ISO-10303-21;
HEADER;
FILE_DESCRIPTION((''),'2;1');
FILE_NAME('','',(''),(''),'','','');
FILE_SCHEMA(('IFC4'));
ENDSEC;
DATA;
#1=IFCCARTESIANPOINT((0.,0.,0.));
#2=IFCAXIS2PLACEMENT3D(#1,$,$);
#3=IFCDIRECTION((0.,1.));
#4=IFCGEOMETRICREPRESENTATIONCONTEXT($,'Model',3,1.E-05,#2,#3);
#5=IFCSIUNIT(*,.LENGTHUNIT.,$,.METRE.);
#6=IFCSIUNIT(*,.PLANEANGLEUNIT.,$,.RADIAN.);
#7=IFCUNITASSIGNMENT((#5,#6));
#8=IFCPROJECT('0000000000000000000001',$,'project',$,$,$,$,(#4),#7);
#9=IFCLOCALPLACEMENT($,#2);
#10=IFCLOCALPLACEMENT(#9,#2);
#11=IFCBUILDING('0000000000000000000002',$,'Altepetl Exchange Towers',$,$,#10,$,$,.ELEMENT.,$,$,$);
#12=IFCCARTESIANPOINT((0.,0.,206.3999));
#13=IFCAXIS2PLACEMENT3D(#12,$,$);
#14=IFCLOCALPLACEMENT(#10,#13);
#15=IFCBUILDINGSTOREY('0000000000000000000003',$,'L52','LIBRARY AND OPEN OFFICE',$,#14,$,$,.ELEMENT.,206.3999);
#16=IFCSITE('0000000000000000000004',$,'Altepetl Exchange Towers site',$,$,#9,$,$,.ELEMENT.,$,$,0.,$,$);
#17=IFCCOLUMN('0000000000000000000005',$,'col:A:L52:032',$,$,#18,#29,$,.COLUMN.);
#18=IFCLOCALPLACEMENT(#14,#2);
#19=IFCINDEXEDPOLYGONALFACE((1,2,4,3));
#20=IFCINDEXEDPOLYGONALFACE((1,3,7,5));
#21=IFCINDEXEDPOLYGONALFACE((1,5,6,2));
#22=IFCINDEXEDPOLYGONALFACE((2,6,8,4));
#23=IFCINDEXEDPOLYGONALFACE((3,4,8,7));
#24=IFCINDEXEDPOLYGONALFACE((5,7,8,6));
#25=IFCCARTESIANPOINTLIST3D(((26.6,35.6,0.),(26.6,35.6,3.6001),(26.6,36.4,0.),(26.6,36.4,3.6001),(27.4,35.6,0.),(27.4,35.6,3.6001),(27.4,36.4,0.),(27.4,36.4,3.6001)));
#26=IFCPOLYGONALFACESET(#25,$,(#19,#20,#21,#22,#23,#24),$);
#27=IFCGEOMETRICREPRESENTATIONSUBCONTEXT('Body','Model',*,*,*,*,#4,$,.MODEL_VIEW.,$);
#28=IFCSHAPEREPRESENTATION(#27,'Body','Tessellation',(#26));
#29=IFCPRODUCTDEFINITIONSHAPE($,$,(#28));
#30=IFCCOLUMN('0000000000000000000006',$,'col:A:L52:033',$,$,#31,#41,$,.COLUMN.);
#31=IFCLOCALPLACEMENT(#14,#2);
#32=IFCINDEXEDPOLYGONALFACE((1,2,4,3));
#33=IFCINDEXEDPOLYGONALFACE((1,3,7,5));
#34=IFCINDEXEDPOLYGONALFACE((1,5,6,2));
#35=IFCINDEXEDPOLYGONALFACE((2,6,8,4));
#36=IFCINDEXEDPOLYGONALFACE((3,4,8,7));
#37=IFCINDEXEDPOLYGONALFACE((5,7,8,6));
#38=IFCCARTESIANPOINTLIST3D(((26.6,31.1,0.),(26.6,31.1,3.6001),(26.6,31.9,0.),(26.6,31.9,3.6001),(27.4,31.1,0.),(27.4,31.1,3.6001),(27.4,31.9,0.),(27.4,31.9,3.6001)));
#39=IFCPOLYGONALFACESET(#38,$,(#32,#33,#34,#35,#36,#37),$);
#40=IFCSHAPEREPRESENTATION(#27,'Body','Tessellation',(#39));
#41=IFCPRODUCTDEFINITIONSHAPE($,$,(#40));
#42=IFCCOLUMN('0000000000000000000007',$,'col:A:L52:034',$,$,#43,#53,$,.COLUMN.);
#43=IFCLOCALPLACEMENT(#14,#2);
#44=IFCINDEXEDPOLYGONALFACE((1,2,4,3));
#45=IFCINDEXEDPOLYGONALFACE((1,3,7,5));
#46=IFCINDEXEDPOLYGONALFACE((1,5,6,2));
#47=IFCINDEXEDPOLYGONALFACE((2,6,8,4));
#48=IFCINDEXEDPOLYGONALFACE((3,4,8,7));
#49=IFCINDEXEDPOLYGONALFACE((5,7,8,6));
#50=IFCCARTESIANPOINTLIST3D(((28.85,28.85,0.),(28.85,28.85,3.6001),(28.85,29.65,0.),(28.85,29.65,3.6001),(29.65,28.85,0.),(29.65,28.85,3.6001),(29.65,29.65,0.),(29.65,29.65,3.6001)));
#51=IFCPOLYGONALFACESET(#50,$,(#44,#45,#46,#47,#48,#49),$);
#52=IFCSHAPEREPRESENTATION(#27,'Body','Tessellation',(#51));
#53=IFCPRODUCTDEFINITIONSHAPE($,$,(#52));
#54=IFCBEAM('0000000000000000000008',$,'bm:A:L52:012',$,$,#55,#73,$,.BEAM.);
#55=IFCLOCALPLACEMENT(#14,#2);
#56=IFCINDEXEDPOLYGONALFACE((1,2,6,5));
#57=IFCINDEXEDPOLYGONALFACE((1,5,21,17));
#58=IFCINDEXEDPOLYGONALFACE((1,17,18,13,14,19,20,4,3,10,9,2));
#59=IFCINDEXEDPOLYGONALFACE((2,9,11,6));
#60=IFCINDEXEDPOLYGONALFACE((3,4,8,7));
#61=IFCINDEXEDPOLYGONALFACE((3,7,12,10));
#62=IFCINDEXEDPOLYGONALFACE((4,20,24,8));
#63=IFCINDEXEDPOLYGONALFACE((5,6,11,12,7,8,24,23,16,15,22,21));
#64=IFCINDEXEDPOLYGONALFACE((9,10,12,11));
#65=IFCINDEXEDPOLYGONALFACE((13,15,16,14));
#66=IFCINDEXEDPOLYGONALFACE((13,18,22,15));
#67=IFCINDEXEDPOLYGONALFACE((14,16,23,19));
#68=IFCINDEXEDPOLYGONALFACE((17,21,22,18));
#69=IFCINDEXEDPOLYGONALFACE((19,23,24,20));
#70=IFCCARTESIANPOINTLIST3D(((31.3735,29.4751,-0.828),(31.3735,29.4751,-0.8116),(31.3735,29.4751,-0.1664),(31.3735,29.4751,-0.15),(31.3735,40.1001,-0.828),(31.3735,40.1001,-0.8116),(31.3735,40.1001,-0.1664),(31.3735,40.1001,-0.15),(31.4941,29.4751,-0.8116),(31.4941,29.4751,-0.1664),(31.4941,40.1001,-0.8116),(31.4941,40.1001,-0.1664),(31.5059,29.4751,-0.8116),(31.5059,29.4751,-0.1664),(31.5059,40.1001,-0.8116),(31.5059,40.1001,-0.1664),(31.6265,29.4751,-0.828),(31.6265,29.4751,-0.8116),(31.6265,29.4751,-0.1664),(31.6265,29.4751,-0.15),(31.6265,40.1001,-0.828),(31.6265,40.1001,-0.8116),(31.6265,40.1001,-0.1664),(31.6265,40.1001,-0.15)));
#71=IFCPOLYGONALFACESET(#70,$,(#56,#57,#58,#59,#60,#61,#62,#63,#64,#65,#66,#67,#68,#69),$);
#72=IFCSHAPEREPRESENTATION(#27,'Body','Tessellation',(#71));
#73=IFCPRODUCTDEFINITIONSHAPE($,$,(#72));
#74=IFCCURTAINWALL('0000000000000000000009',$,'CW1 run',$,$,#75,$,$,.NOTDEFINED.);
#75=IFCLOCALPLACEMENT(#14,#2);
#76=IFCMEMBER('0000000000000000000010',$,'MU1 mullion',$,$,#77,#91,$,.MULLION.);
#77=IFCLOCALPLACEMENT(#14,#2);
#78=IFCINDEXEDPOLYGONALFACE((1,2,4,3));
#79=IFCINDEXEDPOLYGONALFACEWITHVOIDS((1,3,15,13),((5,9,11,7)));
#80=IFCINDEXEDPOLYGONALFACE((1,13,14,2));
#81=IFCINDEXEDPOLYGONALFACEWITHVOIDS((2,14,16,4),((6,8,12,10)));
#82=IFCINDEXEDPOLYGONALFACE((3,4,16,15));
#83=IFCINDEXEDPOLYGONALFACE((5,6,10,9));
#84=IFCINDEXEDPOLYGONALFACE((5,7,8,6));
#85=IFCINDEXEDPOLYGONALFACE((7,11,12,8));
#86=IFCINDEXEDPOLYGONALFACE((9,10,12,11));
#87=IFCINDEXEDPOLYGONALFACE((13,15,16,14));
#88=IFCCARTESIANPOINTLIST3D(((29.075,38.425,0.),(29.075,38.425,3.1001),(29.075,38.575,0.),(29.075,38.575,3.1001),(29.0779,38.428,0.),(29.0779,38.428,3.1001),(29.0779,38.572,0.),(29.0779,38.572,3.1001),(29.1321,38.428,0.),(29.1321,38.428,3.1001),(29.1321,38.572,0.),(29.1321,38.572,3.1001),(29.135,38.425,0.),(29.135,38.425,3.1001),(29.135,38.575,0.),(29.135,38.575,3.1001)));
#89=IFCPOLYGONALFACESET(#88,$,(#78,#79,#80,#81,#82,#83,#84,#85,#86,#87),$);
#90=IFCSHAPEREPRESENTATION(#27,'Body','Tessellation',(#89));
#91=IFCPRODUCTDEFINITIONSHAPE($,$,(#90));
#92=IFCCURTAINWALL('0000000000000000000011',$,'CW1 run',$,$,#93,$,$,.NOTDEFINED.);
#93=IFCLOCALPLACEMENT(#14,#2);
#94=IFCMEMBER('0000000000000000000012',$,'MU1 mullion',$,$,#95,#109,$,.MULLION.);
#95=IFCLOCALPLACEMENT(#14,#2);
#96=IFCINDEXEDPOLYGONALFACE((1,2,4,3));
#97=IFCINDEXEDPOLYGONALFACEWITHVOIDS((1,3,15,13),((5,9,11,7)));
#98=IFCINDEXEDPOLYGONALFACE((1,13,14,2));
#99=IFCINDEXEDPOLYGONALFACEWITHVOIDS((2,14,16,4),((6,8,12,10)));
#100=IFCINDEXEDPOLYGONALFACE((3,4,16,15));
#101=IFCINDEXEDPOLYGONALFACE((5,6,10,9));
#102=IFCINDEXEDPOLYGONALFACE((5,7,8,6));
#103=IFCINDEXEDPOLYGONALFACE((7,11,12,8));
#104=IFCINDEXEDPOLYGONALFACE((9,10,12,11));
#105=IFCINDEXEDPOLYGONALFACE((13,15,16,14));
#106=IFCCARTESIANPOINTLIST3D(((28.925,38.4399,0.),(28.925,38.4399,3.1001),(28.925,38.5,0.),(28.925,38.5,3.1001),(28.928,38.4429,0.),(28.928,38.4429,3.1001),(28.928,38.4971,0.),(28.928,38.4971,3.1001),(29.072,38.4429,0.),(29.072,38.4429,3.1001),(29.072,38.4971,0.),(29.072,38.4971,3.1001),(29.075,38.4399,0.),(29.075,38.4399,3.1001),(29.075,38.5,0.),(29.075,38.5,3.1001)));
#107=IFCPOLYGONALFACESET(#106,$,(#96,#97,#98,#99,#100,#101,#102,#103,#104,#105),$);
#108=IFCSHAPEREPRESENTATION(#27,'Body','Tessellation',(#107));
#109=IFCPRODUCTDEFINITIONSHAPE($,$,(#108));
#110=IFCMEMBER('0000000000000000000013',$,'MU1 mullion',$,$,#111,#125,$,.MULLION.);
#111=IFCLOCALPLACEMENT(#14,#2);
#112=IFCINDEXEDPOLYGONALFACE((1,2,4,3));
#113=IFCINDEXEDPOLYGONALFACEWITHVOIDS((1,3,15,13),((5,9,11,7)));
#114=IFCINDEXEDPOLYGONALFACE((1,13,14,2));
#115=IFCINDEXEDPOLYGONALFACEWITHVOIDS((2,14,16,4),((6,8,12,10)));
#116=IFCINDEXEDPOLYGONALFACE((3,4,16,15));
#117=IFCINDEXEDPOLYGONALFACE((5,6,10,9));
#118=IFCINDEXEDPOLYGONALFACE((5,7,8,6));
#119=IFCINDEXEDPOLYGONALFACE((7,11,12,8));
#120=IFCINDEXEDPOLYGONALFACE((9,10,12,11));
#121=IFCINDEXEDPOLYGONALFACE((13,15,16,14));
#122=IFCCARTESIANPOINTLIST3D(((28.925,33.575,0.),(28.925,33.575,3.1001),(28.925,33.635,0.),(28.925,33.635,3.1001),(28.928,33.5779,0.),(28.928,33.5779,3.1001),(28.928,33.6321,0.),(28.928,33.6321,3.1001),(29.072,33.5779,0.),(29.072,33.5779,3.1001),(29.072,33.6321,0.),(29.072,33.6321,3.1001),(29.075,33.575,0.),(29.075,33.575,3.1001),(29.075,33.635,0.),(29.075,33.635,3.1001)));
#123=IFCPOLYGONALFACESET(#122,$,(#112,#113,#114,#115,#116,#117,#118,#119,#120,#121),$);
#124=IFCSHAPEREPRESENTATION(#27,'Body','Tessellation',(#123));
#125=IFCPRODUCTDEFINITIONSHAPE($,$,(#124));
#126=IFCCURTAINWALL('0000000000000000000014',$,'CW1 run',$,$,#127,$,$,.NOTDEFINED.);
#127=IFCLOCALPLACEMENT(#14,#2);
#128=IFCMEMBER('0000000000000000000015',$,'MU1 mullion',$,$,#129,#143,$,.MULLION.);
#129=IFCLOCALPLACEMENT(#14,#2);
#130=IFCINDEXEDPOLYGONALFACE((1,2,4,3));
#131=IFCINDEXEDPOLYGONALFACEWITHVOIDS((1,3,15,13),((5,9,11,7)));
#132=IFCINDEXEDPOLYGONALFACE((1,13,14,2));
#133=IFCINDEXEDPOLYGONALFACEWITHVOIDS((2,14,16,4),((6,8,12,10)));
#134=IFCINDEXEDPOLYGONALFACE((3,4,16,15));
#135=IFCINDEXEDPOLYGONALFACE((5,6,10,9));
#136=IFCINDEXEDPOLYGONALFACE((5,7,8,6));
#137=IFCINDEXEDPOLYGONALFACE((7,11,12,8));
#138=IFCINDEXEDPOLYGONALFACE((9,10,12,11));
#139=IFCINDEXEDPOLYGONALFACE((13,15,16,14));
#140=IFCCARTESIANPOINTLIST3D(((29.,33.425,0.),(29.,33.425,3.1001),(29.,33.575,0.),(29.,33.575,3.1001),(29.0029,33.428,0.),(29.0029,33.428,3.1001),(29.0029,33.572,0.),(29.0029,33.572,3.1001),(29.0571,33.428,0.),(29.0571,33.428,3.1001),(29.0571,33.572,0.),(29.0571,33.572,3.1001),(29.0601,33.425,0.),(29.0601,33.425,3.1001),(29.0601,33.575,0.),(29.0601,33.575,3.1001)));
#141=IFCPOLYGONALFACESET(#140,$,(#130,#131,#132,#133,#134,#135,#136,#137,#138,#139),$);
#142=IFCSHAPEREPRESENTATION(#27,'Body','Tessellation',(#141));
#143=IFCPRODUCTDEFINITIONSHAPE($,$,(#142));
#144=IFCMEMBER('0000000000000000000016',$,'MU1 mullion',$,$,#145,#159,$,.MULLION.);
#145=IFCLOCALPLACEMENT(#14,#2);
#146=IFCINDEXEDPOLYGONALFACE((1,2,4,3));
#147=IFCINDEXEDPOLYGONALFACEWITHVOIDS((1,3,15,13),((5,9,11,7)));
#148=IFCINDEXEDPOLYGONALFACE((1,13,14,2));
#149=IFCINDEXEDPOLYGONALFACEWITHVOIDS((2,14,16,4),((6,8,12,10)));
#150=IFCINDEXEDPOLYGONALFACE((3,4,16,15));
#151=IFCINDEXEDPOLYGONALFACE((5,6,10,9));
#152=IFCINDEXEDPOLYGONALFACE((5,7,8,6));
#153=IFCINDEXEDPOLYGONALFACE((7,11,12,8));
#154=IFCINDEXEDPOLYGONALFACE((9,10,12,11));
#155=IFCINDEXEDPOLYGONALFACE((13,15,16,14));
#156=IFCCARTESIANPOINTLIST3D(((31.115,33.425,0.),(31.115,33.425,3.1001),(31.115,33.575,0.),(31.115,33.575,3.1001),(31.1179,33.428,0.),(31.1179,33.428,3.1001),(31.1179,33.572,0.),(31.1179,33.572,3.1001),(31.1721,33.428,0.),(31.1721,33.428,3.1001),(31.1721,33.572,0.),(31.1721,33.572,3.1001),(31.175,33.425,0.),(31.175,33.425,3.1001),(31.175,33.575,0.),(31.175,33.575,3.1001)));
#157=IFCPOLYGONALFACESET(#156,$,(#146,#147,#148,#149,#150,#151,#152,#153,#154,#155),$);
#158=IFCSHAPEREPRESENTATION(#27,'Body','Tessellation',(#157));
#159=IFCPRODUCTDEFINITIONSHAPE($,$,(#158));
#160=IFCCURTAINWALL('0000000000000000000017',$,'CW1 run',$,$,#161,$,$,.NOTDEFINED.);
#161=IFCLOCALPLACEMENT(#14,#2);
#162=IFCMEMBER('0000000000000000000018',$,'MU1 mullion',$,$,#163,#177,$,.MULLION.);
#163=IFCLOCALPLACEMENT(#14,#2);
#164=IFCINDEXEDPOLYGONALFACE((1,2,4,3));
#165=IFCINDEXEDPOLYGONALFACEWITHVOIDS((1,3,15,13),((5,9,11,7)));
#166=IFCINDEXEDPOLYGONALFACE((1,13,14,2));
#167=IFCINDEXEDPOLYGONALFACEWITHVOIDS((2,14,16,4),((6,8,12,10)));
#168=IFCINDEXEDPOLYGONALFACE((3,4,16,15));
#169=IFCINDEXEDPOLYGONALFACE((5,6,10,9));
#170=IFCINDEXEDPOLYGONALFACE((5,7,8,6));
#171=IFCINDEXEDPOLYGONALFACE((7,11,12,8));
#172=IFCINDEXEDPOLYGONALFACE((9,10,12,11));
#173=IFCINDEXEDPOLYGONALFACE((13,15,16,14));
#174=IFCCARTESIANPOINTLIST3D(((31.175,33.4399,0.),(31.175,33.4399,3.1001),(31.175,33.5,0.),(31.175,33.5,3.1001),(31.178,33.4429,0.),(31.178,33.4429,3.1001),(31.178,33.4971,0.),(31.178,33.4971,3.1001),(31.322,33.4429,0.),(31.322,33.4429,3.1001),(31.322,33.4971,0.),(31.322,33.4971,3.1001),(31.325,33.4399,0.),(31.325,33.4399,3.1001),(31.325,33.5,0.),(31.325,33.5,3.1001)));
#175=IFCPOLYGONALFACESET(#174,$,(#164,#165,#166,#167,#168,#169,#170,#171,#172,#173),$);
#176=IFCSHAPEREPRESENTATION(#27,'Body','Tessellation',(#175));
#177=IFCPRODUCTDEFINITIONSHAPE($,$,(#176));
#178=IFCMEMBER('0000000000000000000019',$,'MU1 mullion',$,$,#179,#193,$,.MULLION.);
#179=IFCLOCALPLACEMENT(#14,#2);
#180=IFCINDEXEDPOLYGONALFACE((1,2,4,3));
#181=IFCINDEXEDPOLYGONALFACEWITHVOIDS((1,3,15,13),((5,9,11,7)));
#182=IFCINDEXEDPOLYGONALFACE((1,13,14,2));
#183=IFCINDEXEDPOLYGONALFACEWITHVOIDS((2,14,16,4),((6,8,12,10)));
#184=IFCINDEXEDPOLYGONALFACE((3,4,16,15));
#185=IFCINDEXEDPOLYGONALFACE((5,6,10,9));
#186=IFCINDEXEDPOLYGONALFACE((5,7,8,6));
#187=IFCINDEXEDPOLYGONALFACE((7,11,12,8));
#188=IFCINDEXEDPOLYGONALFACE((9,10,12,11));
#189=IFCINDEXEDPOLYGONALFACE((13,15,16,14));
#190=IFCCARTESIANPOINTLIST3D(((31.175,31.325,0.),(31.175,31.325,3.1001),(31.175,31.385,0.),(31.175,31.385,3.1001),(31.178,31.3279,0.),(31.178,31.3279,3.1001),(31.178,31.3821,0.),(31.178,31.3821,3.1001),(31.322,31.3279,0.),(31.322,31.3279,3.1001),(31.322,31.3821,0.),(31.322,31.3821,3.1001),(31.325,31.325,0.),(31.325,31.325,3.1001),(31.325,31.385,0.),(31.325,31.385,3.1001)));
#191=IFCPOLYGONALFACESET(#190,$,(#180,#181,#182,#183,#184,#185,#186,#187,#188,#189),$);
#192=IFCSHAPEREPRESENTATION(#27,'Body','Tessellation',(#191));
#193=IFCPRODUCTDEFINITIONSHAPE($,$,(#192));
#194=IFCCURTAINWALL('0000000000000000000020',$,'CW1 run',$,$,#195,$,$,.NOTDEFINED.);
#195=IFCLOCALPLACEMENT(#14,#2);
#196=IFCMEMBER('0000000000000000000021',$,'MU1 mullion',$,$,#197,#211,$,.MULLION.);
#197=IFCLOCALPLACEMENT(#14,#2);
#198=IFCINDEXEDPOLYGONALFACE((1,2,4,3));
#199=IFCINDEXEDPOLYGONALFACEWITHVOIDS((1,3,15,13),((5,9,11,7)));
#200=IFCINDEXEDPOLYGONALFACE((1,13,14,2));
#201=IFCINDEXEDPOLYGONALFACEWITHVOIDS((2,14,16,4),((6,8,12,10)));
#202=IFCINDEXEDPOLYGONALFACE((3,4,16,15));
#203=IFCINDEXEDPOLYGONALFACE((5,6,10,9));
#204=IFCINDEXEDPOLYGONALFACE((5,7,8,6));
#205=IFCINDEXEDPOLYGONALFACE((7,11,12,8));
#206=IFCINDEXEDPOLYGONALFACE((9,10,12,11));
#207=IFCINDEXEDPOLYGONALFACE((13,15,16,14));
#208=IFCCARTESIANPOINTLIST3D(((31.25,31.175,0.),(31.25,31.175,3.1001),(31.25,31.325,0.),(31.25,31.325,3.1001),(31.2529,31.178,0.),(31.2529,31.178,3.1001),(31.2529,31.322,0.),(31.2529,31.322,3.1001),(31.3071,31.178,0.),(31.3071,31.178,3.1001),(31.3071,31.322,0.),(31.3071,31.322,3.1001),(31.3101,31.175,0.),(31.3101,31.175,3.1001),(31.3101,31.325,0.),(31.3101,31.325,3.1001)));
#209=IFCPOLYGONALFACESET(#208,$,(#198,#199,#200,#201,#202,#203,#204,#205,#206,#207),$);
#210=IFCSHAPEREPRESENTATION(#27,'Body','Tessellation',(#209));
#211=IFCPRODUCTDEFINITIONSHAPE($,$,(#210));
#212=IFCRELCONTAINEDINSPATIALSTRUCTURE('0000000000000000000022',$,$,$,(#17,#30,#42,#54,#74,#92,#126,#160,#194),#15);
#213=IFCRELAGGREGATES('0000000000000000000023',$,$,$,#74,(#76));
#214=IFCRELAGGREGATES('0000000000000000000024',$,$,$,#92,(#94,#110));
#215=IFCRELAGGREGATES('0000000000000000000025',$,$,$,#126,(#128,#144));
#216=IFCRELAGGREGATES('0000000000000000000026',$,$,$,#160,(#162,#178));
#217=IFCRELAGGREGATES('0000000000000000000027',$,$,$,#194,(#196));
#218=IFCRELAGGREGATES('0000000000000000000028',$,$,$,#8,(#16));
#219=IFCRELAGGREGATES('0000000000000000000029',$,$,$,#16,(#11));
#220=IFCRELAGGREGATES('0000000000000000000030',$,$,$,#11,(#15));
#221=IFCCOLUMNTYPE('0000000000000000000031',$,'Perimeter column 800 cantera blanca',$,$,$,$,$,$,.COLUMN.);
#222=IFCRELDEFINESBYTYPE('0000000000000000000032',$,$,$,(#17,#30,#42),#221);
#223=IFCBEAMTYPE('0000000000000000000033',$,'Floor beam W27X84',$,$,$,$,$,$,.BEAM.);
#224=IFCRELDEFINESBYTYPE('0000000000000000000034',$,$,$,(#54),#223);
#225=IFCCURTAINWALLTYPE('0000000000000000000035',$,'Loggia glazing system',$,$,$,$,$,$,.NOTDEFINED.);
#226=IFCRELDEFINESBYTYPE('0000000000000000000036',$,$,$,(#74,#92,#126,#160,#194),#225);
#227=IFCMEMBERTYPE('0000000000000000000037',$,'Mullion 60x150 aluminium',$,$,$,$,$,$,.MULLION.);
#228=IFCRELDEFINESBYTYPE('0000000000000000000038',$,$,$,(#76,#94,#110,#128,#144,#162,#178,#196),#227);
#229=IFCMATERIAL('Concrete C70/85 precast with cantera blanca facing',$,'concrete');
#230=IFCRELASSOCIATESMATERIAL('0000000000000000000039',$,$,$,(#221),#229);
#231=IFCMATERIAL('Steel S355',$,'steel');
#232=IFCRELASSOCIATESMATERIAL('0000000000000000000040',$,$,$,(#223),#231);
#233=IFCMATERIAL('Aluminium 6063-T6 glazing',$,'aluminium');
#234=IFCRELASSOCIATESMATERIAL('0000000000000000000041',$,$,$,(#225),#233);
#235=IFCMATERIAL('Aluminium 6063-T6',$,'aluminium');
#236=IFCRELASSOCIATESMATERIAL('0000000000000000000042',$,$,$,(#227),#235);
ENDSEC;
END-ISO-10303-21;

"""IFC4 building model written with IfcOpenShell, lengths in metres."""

from ifc_helpers import new_model, si_unit, direction, frame, origin, origin_2d, place, context, subcontext, project, spatial, rectangle, hollow_rectangle, i_section, extrude, material, material_profile, profile_set, type_object, element, aggregate, save


model = new_model("IFC4")

# Units and contexts
model_context = context("Model", 3, precision=1e-05, world=origin(), true_north=direction((0.0, 1.0)))
body_context = subcontext(model_context, "Body", "Model", "MODEL_VIEW")
ifc_project = project(units=[si_unit("LENGTHUNIT", "METRE"), si_unit("PLANEANGLEUNIT", "RADIAN")], contexts=[model_context])

# Site, building, storey
site_placement = place(None, origin())
site = spatial("IfcSite", under=ifc_project, at=site_placement, Name="Altepetl Exchange Towers site", CompositionType="ELEMENT", RefElevation=0.0)
building_placement = place(site_placement, origin())
building = spatial("IfcBuilding", under=site, at=building_placement, Name="Altepetl Exchange Towers", CompositionType="ELEMENT")
storey_placement = place(building_placement, frame((0.0, 0.0, 206.3999)))
storey = spatial("IfcBuildingStorey", under=building, at=storey_placement, Name="L52", Description="LIBRARY AND OPEN OFFICE", CompositionType="ELEMENT", Elevation=206.3999)

# Columns
ifc_material_1 = material(Name="Concrete C70/85 precast with cantera blanca facing", Category="concrete")
ifc_material_profile_1 = material_profile(ifc_material_1, rectangle(XDim=0.8, YDim=0.8, at=origin_2d()), Name="800 x 800")
ifc_profile_set_1 = profile_set([ifc_material_profile_1], Name="Concrete C70/85 precast with cantera blanca facing")
column_type = type_object("IfcColumnType", Name="Perimeter column 800 cantera blanca", PredefinedType="COLUMN", material=ifc_profile_set_1)
for number, where, name in (
    (1, (27.0, 36.0, 0.0), "col:A:L52:032"),
    (2, (27.0, 31.5, 0.0), "col:A:L52:033"),
    (3, (29.25, 29.25, 0.0), "col:A:L52:034"),
):
    element("IfcColumn", number, at=place(storey_placement, frame(where)), inside=storey, type_object=column_type, Name=name, PredefinedType="COLUMN", context=body_context, shape_type="SweptSolid", body=[
        extrude(rectangle(XDim=0.8, YDim=0.8, at=origin_2d()), origin(), (0.0, 0.0, 1.0), 3.6001),
    ])

# Beam
ifc_material_2 = material(Name="Steel S355", Category="steel")
ifc_material_profile_2 = material_profile(ifc_material_2, i_section(OverallWidth=0.2529, OverallDepth=0.678, WebThickness=0.0117, FlangeThickness=0.0164, at=origin_2d()), Name="W27X84")
ifc_profile_set_2 = profile_set([ifc_material_profile_2], Name="Steel S355")
beam_type_1 = type_object("IfcBeamType", Name="Floor beam W27X84", PredefinedType="BEAM", material=ifc_profile_set_2)
beam_1_placement = place(storey_placement, frame((31.5, 29.4751, -0.489), z_axis=(0.0, 1.0, 0.0), x_axis=(-1.0, 0.0, 0.0)))
element("IfcBeam", 4, at=beam_1_placement, inside=storey, type_object=beam_type_1, Name="bm:A:L52:012", PredefinedType="BEAM", context=body_context, shape_type="SweptSolid", body=[
    extrude(i_section(OverallWidth=0.2529, OverallDepth=0.678, WebThickness=0.0117, FlangeThickness=0.0164, at=origin_2d()), origin(), (0.0, 0.0, 1.0), 10.625),
])

# Curtain wall, member
ifc_material_3 = material(Name="Aluminium 6063-T6 glazing", Category="aluminium")
curtain_wall_type = type_object("IfcCurtainWallType", Name="Loggia glazing system", PredefinedType="NOTDEFINED", material=ifc_material_3)
curtain_wall_1_placement = place(storey_placement, origin())
curtain_wall_1 = element("IfcCurtainWall", 5, at=curtain_wall_1_placement, inside=storey, type_object=curtain_wall_type, Name="CW1 run", PredefinedType="NOTDEFINED")
ifc_material_4 = material(Name="Aluminium 6063-T6", Category="aluminium")
ifc_material_profile_3 = material_profile(ifc_material_4, hollow_rectangle(XDim=0.0601, YDim=0.1499, WallThickness=0.0029, at=origin_2d()), Name="Mullion 60x150 aluminium")
ifc_profile_set_3 = profile_set([ifc_material_profile_3], Name="Aluminium 6063-T6")
member_type = type_object("IfcMemberType", Name="Mullion 60x150 aluminium", PredefinedType="MULLION", material=ifc_profile_set_3)
member_1_placement = place(storey_placement, frame((29.105, 38.5, 0.0), z_axis=(0.0, 0.0, 1.0), x_axis=(-1.0, 0.0, 0.0)))
member_1 = element("IfcMember", 6, at=member_1_placement, type_object=member_type, Name="MU1 mullion", PredefinedType="MULLION", context=body_context, shape_type="SweptSolid", body=[
    extrude(hollow_rectangle(XDim=0.0601, YDim=0.1499, WallThickness=0.0029, at=origin_2d()), origin(), (0.0, 0.0, 1.0), 3.1001),
])

# Curtain walls, members
curtain_wall_2_placement = place(storey_placement, origin())
curtain_wall_2 = element("IfcCurtainWall", 7, at=curtain_wall_2_placement, inside=storey, type_object=curtain_wall_type, Name="CW1 run", PredefinedType="NOTDEFINED")
member_2_placement = place(storey_placement, frame((29.0, 38.47, 0.0), z_axis=(0.0, 0.0, 1.0), x_axis=(0.0, -1.0, 0.0)))
member_2 = element("IfcMember", 8, at=member_2_placement, type_object=member_type, Name="MU1 mullion", PredefinedType="MULLION", context=body_context, shape_type="SweptSolid", body=[
    extrude(hollow_rectangle(XDim=0.0601, YDim=0.1499, WallThickness=0.0029, at=origin_2d()), origin(), (0.0, 0.0, 1.0), 3.1001),
])
member_3_placement = place(storey_placement, frame((29.0, 33.605, 0.0), z_axis=(0.0, 0.0, 1.0), x_axis=(0.0, -1.0, 0.0)))
member_3 = element("IfcMember", 9, at=member_3_placement, type_object=member_type, Name="MU1 mullion", PredefinedType="MULLION", context=body_context, shape_type="SweptSolid", body=[
    extrude(hollow_rectangle(XDim=0.0601, YDim=0.1499, WallThickness=0.0029, at=origin_2d()), origin(), (0.0, 0.0, 1.0), 3.1001),
])
curtain_wall_3_placement = place(storey_placement, origin())
curtain_wall_3 = element("IfcCurtainWall", 10, at=curtain_wall_3_placement, inside=storey, type_object=curtain_wall_type, Name="CW1 run", PredefinedType="NOTDEFINED")
member_4_placement = place(storey_placement, frame((29.03, 33.5, 0.0)))
member_4 = element("IfcMember", 11, at=member_4_placement, type_object=member_type, Name="MU1 mullion", PredefinedType="MULLION", context=body_context, shape_type="SweptSolid", body=[
    extrude(hollow_rectangle(XDim=0.0601, YDim=0.1499, WallThickness=0.0029, at=origin_2d()), origin(), (0.0, 0.0, 1.0), 3.1001),
])
member_5_placement = place(storey_placement, frame((31.145, 33.5, 0.0)))
member_5 = element("IfcMember", 12, at=member_5_placement, type_object=member_type, Name="MU1 mullion", PredefinedType="MULLION", context=body_context, shape_type="SweptSolid", body=[
    extrude(hollow_rectangle(XDim=0.0601, YDim=0.1499, WallThickness=0.0029, at=origin_2d()), origin(), (0.0, 0.0, 1.0), 3.1001),
])
curtain_wall_4_placement = place(storey_placement, origin())
curtain_wall_4 = element("IfcCurtainWall", 13, at=curtain_wall_4_placement, inside=storey, type_object=curtain_wall_type, Name="CW1 run", PredefinedType="NOTDEFINED")
member_6_placement = place(storey_placement, frame((31.25, 33.47, 0.0), z_axis=(0.0, 0.0, 1.0), x_axis=(0.0, -1.0, 0.0)))
member_6 = element("IfcMember", 14, at=member_6_placement, type_object=member_type, Name="MU1 mullion", PredefinedType="MULLION", context=body_context, shape_type="SweptSolid", body=[
    extrude(hollow_rectangle(XDim=0.0601, YDim=0.1499, WallThickness=0.0029, at=origin_2d()), origin(), (0.0, 0.0, 1.0), 3.1001),
])
member_7_placement = place(storey_placement, frame((31.25, 31.355, 0.0), z_axis=(0.0, 0.0, 1.0), x_axis=(0.0, -1.0, 0.0)))
member_7 = element("IfcMember", 15, at=member_7_placement, type_object=member_type, Name="MU1 mullion", PredefinedType="MULLION", context=body_context, shape_type="SweptSolid", body=[
    extrude(hollow_rectangle(XDim=0.0601, YDim=0.1499, WallThickness=0.0029, at=origin_2d()), origin(), (0.0, 0.0, 1.0), 3.1001),
])
curtain_wall_5_placement = place(storey_placement, origin())
curtain_wall_5 = element("IfcCurtainWall", 16, at=curtain_wall_5_placement, inside=storey, type_object=curtain_wall_type, Name="CW1 run", PredefinedType="NOTDEFINED")
member_8_placement = place(storey_placement, frame((31.28, 31.25, 0.0)))
member_8 = element("IfcMember", 17, at=member_8_placement, type_object=member_type, Name="MU1 mullion", PredefinedType="MULLION", context=body_context, shape_type="SweptSolid", body=[
    extrude(hollow_rectangle(XDim=0.0601, YDim=0.1499, WallThickness=0.0029, at=origin_2d()), origin(), (0.0, 0.0, 1.0), 3.1001),
])

aggregate(curtain_wall_1, [member_1])
aggregate(curtain_wall_2, [member_2, member_3])
aggregate(curtain_wall_3, [member_4, member_5])
aggregate(curtain_wall_4, [member_6, member_7])
aggregate(curtain_wall_5, [member_8])

save(model, "model.ifc")
